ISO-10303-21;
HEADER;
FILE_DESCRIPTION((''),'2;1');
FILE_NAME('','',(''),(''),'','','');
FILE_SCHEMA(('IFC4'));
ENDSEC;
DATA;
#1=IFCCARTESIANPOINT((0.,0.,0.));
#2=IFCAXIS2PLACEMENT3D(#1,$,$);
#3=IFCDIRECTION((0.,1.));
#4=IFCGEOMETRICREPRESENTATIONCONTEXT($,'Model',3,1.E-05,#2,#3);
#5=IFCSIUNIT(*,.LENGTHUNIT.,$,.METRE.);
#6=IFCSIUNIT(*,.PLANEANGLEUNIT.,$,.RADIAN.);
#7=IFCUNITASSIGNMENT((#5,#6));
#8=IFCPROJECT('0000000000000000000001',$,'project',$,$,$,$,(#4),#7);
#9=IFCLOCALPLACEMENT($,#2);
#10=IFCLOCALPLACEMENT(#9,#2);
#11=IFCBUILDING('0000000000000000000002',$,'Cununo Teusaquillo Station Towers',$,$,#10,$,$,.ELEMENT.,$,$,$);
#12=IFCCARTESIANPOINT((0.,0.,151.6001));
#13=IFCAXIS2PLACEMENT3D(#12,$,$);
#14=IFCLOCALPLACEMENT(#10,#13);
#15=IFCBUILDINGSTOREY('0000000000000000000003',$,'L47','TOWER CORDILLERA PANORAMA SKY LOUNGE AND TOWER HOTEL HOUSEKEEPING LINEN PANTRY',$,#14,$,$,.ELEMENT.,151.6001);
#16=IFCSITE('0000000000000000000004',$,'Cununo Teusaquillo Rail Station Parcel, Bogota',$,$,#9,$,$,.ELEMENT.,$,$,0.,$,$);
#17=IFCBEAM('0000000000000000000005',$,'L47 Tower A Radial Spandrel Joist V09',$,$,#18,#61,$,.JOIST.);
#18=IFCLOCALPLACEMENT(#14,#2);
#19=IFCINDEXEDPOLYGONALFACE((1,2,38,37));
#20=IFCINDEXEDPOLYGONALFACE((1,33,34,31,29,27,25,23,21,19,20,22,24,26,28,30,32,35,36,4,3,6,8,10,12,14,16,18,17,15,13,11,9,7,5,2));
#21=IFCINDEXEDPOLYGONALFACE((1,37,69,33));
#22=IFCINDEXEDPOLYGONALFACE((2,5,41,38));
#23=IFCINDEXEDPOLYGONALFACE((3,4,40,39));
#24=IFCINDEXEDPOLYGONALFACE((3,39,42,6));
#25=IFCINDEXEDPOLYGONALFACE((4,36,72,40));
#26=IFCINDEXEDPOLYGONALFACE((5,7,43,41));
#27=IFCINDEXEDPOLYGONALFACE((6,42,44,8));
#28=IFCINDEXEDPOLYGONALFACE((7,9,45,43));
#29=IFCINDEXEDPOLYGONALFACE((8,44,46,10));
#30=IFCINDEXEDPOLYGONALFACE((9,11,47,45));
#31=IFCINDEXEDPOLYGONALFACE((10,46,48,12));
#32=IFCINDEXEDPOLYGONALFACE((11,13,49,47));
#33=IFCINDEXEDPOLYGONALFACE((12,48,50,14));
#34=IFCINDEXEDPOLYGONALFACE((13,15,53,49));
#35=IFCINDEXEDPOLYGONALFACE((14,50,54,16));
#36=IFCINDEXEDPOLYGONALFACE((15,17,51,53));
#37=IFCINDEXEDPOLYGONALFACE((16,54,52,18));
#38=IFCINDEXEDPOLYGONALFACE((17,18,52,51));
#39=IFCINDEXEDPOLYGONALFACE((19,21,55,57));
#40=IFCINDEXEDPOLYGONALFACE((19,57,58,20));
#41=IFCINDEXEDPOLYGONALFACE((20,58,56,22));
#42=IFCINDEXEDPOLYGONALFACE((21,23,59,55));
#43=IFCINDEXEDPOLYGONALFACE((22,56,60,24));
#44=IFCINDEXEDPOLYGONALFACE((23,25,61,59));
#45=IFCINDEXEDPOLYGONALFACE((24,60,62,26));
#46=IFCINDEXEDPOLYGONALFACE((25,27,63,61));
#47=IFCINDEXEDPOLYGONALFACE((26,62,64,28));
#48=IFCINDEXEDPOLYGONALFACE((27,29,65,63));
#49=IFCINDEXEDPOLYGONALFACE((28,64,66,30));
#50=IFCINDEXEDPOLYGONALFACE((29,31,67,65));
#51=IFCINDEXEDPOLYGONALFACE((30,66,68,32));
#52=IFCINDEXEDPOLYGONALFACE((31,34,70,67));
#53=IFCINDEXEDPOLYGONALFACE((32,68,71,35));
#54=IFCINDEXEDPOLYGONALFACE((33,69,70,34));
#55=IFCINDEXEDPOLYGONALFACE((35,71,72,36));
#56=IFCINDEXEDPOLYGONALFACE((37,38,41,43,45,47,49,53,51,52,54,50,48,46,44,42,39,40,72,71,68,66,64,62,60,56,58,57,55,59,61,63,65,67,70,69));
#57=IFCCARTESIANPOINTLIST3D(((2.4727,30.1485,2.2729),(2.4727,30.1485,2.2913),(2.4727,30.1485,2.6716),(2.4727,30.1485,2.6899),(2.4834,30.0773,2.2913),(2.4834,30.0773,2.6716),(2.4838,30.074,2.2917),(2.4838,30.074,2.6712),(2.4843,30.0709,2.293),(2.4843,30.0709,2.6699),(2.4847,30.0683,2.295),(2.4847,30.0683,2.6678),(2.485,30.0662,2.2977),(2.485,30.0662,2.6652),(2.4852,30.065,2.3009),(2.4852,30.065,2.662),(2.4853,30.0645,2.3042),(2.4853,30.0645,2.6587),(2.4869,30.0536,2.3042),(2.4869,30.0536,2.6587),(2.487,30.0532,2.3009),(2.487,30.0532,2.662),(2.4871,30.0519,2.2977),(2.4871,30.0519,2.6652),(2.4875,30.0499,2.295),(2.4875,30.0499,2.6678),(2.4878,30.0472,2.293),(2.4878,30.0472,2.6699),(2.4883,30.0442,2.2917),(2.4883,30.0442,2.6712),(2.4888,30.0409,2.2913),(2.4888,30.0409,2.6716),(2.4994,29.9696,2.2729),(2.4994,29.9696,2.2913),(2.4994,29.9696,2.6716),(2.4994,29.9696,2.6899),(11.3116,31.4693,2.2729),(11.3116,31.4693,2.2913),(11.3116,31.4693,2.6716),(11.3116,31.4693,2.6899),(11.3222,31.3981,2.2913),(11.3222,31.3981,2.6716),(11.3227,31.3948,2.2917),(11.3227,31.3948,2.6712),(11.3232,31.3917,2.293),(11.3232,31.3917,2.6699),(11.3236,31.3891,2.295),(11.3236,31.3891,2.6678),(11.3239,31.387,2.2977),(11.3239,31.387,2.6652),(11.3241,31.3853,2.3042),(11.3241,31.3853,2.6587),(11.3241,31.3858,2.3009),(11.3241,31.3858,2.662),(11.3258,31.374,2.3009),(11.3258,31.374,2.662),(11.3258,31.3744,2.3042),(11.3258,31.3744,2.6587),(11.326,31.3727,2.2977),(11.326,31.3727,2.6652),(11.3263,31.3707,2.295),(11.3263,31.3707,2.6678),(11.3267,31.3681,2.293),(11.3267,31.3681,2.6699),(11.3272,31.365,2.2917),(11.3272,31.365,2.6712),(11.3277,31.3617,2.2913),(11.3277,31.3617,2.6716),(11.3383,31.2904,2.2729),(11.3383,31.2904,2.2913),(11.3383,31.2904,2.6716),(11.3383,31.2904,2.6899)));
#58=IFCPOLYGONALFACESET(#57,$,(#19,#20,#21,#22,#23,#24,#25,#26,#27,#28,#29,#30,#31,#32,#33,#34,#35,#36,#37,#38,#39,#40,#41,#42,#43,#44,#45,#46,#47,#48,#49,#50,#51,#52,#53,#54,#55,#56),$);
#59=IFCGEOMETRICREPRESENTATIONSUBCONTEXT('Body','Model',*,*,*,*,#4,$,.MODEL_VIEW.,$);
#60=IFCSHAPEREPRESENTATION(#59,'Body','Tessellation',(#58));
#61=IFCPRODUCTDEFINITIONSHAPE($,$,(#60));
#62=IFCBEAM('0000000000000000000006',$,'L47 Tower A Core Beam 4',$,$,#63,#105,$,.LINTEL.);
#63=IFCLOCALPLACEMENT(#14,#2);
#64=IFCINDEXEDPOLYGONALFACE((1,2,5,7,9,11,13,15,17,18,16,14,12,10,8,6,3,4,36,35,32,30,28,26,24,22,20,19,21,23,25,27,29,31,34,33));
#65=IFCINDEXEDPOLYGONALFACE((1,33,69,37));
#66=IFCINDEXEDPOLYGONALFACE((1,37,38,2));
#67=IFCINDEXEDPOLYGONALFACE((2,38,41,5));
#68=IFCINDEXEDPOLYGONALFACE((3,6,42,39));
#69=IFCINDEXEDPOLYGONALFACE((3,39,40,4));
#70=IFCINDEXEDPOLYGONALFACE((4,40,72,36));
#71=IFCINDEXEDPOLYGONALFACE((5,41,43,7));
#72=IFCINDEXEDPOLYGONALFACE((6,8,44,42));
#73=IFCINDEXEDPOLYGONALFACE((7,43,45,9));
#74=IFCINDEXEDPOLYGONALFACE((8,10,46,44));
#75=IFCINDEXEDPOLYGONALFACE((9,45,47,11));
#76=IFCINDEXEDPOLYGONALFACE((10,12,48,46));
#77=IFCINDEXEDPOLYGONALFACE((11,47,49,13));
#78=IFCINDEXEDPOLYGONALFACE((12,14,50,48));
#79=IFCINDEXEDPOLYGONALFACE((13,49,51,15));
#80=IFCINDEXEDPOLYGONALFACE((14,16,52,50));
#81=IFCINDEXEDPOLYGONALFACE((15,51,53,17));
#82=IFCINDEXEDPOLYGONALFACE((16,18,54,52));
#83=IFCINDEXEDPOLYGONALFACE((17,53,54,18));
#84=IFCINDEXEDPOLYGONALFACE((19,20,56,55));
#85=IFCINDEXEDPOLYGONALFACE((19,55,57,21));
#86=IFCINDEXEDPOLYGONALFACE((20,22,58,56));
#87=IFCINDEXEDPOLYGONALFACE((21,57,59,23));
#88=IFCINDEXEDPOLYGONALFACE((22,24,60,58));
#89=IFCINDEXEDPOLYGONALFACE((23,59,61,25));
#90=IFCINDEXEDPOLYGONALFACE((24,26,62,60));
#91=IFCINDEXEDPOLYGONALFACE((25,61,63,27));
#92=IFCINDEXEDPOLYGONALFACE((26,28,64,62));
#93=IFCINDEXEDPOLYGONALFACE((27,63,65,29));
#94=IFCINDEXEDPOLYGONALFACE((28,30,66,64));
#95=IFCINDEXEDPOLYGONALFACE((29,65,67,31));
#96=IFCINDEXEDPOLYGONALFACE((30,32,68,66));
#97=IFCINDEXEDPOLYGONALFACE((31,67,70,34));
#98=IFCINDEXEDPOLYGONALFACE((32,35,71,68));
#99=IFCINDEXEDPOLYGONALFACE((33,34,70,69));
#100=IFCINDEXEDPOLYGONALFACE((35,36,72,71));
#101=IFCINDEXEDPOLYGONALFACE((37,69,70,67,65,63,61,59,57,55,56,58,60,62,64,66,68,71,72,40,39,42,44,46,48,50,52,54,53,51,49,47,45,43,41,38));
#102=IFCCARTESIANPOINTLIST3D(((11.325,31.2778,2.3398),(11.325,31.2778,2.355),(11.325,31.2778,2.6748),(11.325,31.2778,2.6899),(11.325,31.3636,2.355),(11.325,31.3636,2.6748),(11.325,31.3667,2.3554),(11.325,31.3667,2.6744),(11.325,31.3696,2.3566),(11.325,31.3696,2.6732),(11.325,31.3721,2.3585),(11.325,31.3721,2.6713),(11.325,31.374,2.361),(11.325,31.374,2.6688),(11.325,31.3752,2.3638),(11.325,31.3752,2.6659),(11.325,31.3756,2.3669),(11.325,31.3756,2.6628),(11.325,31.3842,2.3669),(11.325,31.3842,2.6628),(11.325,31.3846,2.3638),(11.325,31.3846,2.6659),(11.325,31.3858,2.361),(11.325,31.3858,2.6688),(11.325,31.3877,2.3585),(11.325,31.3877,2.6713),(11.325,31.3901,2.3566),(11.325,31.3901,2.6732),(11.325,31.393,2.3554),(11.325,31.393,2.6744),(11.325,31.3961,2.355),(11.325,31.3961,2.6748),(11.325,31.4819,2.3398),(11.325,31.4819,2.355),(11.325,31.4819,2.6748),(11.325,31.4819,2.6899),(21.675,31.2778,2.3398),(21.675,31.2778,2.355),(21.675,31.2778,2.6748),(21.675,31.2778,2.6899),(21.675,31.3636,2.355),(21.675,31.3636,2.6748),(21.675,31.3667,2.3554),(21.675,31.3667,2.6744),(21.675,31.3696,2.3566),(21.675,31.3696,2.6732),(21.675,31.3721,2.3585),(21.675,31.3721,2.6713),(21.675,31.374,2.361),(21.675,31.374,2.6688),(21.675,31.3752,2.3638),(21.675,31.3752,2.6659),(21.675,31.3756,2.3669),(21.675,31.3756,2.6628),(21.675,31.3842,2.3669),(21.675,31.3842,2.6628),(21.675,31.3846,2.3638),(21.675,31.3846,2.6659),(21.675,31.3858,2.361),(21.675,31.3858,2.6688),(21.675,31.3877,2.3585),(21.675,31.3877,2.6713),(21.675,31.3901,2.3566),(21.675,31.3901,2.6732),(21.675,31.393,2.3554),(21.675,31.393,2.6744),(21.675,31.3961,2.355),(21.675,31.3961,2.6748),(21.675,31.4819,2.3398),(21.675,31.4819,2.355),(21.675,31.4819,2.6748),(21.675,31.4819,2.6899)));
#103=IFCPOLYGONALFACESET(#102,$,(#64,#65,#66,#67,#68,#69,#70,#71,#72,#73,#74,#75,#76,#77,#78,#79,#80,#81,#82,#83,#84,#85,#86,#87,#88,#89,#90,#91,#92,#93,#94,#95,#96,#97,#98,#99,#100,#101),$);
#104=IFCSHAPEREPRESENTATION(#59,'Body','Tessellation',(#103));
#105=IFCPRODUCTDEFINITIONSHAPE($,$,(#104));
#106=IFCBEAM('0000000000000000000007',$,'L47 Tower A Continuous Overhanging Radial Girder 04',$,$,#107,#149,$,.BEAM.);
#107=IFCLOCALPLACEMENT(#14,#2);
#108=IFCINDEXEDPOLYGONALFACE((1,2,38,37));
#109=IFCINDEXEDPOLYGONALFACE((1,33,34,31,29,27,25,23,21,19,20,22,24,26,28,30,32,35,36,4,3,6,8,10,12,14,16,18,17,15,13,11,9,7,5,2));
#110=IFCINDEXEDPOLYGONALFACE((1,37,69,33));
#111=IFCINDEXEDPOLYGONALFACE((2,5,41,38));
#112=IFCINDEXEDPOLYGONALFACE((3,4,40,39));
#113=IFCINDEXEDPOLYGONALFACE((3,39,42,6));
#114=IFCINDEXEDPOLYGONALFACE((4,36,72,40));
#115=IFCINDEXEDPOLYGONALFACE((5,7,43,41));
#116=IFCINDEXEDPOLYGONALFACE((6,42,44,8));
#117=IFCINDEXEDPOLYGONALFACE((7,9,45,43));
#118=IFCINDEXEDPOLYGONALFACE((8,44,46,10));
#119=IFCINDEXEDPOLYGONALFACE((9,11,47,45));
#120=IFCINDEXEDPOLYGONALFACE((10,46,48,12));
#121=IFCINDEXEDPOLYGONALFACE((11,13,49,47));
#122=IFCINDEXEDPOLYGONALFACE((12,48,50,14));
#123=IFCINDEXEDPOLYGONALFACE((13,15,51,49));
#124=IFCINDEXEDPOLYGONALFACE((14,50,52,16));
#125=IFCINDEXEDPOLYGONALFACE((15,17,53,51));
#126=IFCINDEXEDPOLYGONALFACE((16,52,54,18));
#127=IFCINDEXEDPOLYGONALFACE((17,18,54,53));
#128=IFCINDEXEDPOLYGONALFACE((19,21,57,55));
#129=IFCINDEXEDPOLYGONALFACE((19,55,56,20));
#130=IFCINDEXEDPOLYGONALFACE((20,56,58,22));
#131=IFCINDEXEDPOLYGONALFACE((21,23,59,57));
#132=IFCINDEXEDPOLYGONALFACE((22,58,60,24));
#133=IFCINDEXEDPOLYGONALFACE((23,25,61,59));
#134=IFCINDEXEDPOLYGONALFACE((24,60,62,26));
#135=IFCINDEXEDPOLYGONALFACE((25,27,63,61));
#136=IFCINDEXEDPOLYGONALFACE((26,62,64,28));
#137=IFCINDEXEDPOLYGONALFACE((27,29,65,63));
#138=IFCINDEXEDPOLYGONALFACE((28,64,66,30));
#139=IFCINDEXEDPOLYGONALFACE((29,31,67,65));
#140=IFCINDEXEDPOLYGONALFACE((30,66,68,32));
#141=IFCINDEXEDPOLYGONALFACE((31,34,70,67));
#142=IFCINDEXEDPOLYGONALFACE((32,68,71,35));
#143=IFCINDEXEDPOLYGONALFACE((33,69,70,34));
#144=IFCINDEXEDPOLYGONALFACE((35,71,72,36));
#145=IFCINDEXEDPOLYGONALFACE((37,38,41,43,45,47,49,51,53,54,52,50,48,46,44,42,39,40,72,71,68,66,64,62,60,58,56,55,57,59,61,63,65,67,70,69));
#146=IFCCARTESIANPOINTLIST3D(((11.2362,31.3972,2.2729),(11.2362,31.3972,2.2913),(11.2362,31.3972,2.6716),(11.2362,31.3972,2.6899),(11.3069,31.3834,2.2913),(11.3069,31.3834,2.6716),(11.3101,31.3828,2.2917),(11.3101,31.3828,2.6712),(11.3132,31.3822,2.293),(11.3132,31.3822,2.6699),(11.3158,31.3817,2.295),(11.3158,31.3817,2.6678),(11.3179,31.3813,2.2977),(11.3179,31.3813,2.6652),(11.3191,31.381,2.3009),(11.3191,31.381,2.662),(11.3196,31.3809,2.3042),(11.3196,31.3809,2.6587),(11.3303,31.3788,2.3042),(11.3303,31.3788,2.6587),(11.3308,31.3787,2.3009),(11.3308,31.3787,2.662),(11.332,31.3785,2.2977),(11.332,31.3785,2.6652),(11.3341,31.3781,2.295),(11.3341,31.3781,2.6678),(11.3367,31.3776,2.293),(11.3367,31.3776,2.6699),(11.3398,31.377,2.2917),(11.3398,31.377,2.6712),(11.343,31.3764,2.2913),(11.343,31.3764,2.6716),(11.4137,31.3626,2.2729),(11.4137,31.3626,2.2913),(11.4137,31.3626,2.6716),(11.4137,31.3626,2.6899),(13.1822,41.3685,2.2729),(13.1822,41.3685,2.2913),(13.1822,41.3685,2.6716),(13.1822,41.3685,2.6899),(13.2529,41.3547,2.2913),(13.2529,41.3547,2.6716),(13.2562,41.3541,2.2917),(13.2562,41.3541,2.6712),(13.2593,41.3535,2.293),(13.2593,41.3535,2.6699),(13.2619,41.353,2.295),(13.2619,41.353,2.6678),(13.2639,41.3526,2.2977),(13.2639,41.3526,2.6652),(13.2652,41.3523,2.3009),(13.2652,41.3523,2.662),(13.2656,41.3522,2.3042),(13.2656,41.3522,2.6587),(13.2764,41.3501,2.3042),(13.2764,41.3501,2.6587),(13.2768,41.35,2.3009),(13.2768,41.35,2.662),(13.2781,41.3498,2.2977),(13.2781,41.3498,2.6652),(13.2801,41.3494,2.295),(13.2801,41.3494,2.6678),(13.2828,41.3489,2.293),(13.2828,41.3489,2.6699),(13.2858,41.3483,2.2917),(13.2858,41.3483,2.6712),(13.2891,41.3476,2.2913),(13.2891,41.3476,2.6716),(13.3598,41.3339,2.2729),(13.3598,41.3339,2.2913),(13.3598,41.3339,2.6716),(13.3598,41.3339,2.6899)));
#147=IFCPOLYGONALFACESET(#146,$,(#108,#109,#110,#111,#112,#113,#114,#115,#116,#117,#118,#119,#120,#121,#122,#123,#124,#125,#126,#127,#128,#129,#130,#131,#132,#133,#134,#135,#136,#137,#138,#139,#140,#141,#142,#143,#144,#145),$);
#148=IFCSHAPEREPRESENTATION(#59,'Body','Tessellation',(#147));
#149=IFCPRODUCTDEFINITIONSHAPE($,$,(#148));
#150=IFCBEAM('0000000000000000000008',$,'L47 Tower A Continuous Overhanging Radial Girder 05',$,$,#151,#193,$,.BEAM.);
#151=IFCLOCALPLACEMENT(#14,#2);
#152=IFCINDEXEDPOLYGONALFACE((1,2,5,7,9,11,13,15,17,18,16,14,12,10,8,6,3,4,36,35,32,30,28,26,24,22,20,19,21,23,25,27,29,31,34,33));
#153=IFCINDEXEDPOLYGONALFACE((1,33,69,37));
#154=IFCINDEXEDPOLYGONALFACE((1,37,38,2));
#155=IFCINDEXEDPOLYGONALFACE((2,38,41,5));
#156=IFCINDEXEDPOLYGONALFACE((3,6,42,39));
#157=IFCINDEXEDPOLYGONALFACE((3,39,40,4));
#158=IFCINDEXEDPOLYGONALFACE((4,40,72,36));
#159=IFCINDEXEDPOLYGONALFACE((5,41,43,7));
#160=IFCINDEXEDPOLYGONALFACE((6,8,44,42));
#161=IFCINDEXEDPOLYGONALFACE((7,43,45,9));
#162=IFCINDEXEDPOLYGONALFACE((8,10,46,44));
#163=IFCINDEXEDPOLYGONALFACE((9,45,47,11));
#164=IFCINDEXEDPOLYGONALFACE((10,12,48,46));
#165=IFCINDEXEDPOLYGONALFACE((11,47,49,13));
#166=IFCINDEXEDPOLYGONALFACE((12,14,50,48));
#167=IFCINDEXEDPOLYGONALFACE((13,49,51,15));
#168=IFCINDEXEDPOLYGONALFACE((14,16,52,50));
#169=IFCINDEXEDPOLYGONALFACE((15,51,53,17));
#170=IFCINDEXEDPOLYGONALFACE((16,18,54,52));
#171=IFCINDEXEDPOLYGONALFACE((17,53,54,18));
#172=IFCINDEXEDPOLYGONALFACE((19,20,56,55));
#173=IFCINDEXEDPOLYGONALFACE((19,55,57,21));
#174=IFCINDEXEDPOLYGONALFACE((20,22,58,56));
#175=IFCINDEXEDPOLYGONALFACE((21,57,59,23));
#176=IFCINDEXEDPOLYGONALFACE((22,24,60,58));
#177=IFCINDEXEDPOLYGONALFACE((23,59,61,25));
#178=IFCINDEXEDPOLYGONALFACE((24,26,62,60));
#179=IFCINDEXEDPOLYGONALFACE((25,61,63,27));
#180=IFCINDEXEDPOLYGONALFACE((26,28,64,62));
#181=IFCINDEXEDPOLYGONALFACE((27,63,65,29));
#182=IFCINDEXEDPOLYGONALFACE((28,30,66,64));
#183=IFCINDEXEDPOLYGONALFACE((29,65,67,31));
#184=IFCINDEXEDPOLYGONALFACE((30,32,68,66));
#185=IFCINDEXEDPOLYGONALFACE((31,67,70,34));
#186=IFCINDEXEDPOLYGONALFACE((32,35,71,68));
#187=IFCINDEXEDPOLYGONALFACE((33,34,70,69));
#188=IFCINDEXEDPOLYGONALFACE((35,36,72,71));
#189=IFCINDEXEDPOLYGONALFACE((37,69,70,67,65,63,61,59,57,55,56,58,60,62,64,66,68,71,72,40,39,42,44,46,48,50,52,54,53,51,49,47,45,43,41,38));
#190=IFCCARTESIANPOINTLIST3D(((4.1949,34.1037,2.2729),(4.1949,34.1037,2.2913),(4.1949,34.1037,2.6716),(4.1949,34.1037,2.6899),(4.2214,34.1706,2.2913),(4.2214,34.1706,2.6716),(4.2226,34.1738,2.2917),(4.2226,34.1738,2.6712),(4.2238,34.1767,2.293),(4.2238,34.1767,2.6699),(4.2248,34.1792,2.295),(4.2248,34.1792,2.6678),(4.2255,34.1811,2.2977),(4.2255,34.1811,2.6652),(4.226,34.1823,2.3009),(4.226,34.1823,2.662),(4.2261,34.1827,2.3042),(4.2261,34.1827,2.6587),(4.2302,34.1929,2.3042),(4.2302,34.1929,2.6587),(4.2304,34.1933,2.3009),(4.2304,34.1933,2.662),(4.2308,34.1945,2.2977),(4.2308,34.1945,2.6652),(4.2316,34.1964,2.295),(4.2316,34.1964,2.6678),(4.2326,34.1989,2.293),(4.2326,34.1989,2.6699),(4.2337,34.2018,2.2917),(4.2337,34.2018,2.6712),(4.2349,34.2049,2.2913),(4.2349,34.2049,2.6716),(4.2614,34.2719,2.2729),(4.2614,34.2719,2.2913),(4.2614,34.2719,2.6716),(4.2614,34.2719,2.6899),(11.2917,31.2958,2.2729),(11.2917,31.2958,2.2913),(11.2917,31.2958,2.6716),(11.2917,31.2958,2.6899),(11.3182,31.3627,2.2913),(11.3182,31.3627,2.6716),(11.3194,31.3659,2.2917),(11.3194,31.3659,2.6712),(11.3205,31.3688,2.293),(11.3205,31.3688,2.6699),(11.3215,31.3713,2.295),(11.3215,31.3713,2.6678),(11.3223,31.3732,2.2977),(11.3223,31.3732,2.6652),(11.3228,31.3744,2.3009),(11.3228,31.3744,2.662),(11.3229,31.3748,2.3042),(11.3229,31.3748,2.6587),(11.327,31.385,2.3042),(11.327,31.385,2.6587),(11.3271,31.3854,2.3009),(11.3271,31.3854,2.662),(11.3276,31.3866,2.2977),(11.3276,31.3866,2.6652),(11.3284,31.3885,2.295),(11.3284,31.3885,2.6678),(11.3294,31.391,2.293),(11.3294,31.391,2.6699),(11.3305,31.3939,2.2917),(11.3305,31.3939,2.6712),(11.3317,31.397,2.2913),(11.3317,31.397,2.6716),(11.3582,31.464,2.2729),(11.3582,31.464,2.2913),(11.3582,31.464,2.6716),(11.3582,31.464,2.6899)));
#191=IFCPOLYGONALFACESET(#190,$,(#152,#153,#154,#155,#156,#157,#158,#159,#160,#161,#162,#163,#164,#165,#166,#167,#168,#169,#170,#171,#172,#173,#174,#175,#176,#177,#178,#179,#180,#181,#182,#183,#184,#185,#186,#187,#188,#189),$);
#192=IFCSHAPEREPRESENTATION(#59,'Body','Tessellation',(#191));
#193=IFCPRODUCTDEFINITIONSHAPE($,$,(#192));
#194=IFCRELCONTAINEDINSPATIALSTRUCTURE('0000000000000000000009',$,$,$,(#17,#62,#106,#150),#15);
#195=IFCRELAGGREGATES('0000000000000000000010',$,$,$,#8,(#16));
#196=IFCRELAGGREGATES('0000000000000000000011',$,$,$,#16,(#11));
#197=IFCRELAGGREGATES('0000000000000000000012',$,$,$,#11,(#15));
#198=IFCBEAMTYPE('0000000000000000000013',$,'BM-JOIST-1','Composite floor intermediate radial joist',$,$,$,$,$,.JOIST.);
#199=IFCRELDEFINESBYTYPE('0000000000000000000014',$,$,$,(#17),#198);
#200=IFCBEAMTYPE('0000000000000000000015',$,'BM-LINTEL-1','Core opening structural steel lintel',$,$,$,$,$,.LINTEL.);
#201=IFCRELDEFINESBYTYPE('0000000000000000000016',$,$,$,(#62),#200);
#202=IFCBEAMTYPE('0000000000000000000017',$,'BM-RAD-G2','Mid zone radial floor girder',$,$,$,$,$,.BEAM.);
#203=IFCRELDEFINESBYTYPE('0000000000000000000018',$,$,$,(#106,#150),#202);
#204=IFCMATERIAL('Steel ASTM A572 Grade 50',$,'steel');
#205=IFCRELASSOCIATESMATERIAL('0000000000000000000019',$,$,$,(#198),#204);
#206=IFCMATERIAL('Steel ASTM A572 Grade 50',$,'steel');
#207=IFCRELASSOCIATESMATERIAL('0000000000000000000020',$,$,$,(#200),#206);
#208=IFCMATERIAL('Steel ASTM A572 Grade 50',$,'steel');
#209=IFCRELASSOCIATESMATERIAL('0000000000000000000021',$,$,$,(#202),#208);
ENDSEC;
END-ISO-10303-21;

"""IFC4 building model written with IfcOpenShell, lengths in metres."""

from ifc_helpers import new_model, si_unit, direction, frame, origin, origin_2d, place, context, subcontext, project, spatial, i_section, extrude, material, material_profile, profile_set, type_object, element, save


model = new_model("IFC4")

# Units and contexts
model_context = context("Model", 3, precision=1e-05, world=origin(), true_north=direction((0.0, 1.0)))
body_context = subcontext(model_context, "Body", "Model", "MODEL_VIEW")
ifc_project = project(units=[si_unit("LENGTHUNIT", "METRE"), si_unit("PLANEANGLEUNIT", "RADIAN")], contexts=[model_context])

# Site, building, storey
site_placement = place(None, origin())
site = spatial("IfcSite", under=ifc_project, at=site_placement, Name="Cununo Teusaquillo Rail Station Parcel, Bogota", CompositionType="ELEMENT", RefElevation=0.0)
building_placement = place(site_placement, origin())
building = spatial("IfcBuilding", under=site, at=building_placement, Name="Cununo Teusaquillo Station Towers", CompositionType="ELEMENT")
storey_placement = place(building_placement, frame((0.0, 0.0, 151.6001)))
storey = spatial("IfcBuildingStorey", under=building, at=storey_placement, Name="L47", Description="TOWER CORDILLERA PANORAMA SKY LOUNGE AND TOWER HOTEL HOUSEKEEPING LINEN PANTRY", CompositionType="ELEMENT", Elevation=151.6001)

# Beams
ifc_material_1 = material(Name="Steel ASTM A572 Grade 50", Category="steel")
ifc_material_profile_1 = material_profile(ifc_material_1, i_section(OverallWidth=0.1809, OverallDepth=0.417, WebThickness=0.011, FlangeThickness=0.0183, FilletRadius=0.0129, at=origin_2d()), Name="W16X57")
ifc_profile_set_1 = profile_set([ifc_material_profile_1], Name="Steel ASTM A572 Grade 50")
beam_type_1 = type_object("IfcBeamType", Name="BM-JOIST-1", Description="Composite floor intermediate radial joist", PredefinedType="JOIST", material=ifc_profile_set_1)
beam_1_placement = place(storey_placement, frame((11.325, 31.3799, 2.4814), z_axis=(-0.989019, -0.14779, 0.0), x_axis=(0.14779, -0.989019, 0.0)))
element("IfcBeam", 1, at=beam_1_placement, inside=storey, type_object=beam_type_1, Name="L47 Tower A Radial Spandrel Joist V09", PredefinedType="JOIST", context=body_context, shape_type="SweptSolid", body=[
    extrude(i_section(OverallWidth=0.1809, OverallDepth=0.417, WebThickness=0.011, FlangeThickness=0.0183, FilletRadius=0.0129, at=origin_2d()), origin(), (0.0, 0.0, 1.0), 8.937),
])
ifc_material_2 = material(Name="Steel ASTM A572 Grade 50", Category="steel")
ifc_material_profile_2 = material_profile(ifc_material_2, i_section(OverallWidth=0.2041, OverallDepth=0.3501, WebThickness=0.0085, FlangeThickness=0.0151, FilletRadius=0.012, at=origin_2d()), Name="W14X48")
ifc_profile_set_2 = profile_set([ifc_material_profile_2], Name="Steel ASTM A572 Grade 50")
beam_type_2 = type_object("IfcBeamType", Name="BM-LINTEL-1", Description="Core opening structural steel lintel", PredefinedType="LINTEL", material=ifc_profile_set_2)
beam_2_placement = place(storey_placement, frame((11.325, 31.3799, 2.5149), z_axis=(1.0, 0.0, 0.0), x_axis=(0.0, 1.0, 0.0)))
element("IfcBeam", 2, at=beam_2_placement, inside=storey, type_object=beam_type_2, Name="L47 Tower A Core Beam 4", PredefinedType="LINTEL", context=body_context, shape_type="SweptSolid", body=[
    extrude(i_section(OverallWidth=0.2041, OverallDepth=0.3501, WebThickness=0.0085, FlangeThickness=0.0151, FilletRadius=0.012, at=origin_2d()), origin(), (0.0, 0.0, 1.0), 10.3501),
])
ifc_material_3 = material(Name="Steel ASTM A572 Grade 50", Category="steel")
ifc_material_profile_3 = material_profile(ifc_material_3, i_section(OverallWidth=0.1809, OverallDepth=0.417, WebThickness=0.011, FlangeThickness=0.0183, FilletRadius=0.0129, at=origin_2d()), Name="W16X57")
ifc_profile_set_3 = profile_set([ifc_material_profile_3], Name="Steel ASTM A572 Grade 50")
beam_type_3 = type_object("IfcBeamType", Name="BM-RAD-G2", Description="Mid zone radial floor girder", PredefinedType="BEAM", material=ifc_profile_set_3)
beam_3_placement = place(storey_placement, frame((11.325, 31.3799, 2.4814), z_axis=(0.191553, 0.981482, 0.0), x_axis=(-0.981482, 0.191553, 0.0)))
element("IfcBeam", 3, at=beam_3_placement, inside=storey, type_object=beam_type_3, Name="L47 Tower A Continuous Overhanging Radial Girder 04", PredefinedType="BEAM", context=body_context, shape_type="SweptSolid", body=[
    extrude(i_section(OverallWidth=0.1809, OverallDepth=0.417, WebThickness=0.011, FlangeThickness=0.0183, FilletRadius=0.0129, at=origin_2d()), origin(), (0.0, 0.0, 1.0), 10.1594),
])
beam_4_placement = place(storey_placement, frame((11.325, 31.3799, 2.4814), z_axis=(-0.929862, 0.367908, 0.0), x_axis=(-0.367908, -0.929862, 0.0)))
element("IfcBeam", 4, at=beam_4_placement, inside=storey, type_object=beam_type_3, Name="L47 Tower A Continuous Overhanging Radial Girder 05", PredefinedType="BEAM", context=body_context, shape_type="SweptSolid", body=[
    extrude(i_section(OverallWidth=0.1809, OverallDepth=0.417, WebThickness=0.011, FlangeThickness=0.0183, FilletRadius=0.0129, at=origin_2d()), origin(), (0.0, 0.0, 1.0), 7.6321),
])

save(model, "model.ifc")
